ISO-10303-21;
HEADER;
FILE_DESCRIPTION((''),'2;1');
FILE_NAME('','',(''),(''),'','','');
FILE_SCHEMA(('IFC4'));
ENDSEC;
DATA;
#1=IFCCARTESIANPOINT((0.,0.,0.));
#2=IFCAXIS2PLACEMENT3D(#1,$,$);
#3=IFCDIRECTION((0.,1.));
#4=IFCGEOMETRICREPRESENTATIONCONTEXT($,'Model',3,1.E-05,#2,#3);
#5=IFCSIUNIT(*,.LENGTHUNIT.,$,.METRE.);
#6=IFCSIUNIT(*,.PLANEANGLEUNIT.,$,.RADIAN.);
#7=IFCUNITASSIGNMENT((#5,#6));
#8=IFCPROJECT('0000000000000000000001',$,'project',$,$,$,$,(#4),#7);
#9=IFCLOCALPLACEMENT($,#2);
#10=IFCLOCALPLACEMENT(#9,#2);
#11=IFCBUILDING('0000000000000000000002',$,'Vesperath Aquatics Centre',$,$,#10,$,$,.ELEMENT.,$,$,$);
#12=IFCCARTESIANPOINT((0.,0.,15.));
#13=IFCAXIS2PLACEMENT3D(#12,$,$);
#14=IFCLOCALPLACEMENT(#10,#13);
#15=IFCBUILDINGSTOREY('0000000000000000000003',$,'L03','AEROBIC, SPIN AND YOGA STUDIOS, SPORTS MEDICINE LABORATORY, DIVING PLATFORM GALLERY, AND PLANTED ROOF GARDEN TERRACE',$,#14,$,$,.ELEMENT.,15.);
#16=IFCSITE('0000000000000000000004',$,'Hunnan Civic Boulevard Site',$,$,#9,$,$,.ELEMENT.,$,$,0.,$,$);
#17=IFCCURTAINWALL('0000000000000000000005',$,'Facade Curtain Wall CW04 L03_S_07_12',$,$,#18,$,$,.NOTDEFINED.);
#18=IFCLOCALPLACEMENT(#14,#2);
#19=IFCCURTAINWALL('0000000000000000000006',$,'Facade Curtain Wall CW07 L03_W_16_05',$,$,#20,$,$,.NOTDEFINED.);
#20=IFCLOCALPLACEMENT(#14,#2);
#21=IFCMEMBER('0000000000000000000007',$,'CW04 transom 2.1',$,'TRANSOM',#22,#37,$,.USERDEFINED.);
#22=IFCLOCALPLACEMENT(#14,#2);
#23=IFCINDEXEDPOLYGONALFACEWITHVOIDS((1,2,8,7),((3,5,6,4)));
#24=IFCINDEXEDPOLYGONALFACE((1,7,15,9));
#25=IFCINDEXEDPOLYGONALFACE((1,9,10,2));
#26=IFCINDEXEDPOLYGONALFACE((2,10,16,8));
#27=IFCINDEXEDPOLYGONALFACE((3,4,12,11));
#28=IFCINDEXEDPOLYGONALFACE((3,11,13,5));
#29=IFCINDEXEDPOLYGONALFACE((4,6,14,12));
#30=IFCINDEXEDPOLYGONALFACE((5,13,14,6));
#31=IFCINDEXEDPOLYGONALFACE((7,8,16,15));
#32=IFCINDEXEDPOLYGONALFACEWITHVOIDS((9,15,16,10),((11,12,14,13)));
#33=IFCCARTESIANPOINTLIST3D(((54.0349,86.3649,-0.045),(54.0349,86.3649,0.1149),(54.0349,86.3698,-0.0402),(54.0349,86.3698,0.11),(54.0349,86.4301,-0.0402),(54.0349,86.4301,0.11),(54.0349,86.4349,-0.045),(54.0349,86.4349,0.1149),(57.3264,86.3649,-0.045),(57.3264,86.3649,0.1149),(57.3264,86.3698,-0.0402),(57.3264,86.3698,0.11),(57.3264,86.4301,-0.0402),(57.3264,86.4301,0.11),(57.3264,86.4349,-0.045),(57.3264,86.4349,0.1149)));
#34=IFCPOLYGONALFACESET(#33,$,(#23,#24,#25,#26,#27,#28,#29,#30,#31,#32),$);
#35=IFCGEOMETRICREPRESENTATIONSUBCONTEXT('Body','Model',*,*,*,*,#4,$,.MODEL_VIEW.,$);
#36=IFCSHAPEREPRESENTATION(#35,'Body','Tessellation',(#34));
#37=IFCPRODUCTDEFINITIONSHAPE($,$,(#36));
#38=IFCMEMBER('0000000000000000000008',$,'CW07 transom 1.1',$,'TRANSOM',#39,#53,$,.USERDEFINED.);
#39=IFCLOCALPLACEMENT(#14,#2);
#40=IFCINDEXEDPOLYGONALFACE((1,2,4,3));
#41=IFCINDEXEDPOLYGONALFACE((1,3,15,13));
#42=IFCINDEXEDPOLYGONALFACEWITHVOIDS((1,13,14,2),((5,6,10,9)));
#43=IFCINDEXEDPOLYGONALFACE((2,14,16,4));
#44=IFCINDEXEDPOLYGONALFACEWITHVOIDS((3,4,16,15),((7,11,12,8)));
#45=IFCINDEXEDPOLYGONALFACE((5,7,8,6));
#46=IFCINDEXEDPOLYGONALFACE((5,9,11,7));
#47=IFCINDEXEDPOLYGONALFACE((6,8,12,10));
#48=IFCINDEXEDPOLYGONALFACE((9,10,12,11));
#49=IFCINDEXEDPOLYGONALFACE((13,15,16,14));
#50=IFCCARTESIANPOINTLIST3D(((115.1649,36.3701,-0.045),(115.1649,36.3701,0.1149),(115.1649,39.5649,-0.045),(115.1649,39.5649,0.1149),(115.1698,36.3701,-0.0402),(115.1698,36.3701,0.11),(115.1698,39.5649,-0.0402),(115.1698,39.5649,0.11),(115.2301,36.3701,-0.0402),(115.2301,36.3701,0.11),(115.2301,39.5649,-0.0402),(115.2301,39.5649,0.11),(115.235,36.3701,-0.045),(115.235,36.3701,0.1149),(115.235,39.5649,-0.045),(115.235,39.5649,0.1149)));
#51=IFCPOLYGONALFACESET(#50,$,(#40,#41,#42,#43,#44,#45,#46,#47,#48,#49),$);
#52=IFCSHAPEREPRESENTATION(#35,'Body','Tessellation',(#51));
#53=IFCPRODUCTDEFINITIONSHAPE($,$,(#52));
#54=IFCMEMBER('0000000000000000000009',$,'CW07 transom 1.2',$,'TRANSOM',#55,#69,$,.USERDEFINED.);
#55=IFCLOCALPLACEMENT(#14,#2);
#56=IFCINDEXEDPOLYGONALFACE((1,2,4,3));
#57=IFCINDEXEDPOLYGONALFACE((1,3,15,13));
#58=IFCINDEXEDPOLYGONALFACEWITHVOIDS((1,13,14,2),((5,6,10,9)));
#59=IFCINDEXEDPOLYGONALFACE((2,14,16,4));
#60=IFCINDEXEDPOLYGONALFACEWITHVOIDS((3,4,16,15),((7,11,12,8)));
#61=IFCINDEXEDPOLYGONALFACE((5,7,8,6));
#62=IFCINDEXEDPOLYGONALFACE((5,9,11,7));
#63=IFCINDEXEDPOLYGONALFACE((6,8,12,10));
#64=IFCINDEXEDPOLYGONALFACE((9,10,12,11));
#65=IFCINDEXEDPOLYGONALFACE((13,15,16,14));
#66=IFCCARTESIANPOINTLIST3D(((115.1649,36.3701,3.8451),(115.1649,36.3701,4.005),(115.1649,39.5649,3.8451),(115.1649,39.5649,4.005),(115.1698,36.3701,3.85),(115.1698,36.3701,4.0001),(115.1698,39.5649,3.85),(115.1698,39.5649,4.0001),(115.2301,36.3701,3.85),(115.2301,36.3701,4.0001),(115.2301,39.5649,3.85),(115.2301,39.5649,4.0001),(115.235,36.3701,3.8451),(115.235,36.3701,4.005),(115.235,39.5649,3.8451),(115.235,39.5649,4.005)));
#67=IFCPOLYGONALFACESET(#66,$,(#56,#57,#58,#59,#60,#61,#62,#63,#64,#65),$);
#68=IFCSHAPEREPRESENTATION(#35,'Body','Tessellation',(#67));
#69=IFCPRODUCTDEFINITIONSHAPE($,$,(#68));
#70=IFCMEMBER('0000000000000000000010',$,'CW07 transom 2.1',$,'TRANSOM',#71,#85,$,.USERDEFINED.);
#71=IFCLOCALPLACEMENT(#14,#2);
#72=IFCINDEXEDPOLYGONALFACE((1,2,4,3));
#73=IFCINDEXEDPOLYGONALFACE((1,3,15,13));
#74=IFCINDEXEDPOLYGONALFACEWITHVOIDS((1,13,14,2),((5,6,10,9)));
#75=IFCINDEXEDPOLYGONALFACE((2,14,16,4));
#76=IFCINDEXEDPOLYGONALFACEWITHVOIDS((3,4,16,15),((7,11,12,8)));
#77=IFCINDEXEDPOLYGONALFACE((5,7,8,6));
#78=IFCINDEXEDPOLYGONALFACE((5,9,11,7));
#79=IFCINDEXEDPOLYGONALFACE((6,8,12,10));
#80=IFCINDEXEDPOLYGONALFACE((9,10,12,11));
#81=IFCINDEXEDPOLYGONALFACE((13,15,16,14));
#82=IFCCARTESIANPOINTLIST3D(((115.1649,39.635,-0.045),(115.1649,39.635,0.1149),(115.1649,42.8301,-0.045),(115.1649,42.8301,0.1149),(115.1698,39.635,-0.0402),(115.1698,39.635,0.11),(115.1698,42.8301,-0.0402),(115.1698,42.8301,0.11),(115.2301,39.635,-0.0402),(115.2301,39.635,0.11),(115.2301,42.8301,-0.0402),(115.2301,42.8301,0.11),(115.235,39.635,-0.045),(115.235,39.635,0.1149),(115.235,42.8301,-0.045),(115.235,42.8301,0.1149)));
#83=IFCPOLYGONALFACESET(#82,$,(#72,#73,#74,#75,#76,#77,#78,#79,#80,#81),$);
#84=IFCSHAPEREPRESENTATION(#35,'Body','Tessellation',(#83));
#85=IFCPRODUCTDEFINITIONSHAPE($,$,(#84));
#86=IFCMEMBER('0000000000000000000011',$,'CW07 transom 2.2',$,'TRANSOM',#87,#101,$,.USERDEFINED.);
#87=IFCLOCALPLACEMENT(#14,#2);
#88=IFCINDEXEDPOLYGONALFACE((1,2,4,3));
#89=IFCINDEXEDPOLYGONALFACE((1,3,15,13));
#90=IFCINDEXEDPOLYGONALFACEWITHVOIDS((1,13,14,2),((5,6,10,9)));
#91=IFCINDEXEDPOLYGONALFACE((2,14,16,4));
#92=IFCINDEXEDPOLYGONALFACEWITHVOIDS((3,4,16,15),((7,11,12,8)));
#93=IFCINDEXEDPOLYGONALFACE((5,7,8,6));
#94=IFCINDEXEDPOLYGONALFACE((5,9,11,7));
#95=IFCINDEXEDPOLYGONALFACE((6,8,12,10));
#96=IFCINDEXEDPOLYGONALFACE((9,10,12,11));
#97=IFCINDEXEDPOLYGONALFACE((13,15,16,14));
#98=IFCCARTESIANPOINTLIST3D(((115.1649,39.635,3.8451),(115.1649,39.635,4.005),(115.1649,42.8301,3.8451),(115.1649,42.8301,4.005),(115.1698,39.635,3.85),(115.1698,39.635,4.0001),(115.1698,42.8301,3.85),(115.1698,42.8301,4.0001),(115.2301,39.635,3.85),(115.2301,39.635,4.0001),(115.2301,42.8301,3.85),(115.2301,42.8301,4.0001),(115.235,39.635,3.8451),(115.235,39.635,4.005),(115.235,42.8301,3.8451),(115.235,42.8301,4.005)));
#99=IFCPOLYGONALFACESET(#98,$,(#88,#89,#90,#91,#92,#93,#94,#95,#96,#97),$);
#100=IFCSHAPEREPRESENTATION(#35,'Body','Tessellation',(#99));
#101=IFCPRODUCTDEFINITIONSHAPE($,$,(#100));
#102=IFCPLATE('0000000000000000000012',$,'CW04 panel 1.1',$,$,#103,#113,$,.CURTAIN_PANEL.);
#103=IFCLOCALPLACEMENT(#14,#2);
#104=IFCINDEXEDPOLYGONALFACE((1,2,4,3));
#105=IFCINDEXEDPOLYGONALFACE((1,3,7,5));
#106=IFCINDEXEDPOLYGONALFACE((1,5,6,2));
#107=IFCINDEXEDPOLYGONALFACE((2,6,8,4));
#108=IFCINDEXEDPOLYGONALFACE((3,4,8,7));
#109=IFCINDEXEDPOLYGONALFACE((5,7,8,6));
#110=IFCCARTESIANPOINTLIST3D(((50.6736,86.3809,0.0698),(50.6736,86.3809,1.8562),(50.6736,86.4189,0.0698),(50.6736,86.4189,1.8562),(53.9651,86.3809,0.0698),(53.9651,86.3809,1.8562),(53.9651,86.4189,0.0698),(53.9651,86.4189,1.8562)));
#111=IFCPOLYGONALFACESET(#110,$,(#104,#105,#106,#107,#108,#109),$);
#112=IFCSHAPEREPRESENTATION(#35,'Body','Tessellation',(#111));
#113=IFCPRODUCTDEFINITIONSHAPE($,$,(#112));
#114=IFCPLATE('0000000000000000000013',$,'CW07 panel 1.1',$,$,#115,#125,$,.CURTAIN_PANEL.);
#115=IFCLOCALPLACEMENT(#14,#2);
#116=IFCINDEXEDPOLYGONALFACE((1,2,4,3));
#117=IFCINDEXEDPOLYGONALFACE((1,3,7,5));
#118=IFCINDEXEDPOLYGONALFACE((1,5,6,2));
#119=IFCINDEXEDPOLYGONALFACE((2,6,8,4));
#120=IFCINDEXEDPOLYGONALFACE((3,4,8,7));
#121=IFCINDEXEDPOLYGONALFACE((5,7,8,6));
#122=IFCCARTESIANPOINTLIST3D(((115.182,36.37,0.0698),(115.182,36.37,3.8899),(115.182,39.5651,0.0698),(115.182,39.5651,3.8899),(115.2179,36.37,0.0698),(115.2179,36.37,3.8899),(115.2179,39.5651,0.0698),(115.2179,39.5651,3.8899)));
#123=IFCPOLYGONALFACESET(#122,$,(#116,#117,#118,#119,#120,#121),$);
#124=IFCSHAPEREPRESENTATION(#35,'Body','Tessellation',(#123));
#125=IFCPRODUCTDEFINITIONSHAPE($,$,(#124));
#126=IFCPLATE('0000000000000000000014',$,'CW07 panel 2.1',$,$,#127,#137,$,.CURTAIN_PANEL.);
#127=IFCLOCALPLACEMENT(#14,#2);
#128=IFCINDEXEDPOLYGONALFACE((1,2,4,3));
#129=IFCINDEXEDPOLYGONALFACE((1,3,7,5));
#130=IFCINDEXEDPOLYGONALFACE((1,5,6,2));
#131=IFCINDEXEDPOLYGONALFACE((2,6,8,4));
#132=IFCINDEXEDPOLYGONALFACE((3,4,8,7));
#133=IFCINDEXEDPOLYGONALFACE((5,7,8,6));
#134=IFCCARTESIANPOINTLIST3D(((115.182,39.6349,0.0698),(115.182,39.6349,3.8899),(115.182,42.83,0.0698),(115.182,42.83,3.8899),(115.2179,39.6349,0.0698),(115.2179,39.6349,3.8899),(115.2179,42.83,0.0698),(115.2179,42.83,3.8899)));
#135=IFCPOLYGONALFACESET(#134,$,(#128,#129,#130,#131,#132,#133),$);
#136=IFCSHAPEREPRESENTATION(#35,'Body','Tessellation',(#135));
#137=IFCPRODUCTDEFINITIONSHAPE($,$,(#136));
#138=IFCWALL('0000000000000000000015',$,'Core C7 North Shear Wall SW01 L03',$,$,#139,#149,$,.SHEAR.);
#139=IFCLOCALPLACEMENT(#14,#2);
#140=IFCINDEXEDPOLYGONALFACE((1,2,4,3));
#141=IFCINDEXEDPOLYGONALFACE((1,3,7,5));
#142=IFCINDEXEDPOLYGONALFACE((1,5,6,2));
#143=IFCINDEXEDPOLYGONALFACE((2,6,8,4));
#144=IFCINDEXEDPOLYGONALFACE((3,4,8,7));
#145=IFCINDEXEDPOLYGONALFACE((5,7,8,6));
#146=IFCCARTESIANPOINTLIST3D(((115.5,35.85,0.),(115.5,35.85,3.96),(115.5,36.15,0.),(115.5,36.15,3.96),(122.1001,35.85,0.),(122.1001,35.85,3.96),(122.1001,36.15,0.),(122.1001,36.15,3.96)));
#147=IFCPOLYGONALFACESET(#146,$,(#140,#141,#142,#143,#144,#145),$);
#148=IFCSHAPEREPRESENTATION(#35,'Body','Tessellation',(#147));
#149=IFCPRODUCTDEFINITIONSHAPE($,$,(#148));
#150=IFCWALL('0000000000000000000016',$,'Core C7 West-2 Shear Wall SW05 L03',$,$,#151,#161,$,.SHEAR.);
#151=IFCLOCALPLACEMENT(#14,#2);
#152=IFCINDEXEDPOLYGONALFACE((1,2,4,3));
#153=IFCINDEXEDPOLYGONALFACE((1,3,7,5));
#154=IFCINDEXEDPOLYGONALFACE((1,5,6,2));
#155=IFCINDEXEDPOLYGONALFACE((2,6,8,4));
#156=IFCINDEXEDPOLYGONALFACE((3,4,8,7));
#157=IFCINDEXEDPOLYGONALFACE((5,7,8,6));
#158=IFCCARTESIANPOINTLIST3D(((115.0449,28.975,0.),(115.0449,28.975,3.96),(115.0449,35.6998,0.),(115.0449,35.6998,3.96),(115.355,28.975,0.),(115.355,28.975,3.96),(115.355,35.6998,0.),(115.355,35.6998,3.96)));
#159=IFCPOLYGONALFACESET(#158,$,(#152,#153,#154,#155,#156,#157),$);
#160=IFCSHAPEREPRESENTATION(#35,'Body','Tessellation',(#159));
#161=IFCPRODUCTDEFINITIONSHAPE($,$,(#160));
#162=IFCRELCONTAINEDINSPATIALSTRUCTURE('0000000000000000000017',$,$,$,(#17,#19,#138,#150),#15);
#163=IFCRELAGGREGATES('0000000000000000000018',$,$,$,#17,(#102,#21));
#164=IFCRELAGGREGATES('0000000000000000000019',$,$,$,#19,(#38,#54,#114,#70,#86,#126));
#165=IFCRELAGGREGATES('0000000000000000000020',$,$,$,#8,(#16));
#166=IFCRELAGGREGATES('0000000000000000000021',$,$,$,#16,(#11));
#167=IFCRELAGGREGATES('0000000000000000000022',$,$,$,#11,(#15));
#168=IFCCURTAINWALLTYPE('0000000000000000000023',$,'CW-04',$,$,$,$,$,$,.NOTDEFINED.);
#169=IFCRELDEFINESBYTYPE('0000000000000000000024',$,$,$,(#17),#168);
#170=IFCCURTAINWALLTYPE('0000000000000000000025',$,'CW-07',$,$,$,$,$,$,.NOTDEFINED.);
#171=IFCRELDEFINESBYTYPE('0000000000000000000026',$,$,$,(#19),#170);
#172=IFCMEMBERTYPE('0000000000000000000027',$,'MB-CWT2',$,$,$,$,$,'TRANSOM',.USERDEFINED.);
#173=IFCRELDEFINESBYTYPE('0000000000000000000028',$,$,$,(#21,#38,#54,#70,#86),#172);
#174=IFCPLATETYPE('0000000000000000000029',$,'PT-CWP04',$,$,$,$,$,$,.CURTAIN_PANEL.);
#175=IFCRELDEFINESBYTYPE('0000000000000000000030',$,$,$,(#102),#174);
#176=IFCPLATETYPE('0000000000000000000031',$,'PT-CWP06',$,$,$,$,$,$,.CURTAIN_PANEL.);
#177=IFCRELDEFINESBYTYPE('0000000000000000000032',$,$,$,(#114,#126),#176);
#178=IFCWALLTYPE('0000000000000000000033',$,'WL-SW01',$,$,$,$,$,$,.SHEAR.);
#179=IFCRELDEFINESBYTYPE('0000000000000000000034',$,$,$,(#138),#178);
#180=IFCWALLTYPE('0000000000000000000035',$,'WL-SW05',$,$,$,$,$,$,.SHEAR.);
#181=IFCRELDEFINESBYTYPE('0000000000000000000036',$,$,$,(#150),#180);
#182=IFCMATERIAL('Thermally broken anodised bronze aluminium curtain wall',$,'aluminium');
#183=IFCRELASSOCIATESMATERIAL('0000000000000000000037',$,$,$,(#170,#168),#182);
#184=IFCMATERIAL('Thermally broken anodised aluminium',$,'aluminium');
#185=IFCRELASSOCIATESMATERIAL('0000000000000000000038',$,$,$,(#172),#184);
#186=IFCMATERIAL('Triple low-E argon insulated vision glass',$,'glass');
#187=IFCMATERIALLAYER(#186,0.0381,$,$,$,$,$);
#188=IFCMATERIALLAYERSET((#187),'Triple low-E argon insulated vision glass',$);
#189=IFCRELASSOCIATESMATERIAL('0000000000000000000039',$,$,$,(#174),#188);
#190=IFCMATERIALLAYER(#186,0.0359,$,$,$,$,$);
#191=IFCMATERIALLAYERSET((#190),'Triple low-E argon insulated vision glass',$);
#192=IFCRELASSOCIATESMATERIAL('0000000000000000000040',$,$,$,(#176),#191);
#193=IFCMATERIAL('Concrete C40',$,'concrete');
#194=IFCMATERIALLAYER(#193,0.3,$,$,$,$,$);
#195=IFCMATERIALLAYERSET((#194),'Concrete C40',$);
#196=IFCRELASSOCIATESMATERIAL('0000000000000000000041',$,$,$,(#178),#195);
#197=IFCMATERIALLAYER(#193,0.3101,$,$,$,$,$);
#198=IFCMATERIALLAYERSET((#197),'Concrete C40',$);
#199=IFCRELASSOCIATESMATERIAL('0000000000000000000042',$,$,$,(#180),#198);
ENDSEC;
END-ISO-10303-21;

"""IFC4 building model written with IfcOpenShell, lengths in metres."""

from ifc_helpers import new_model, si_unit, direction, frame, frame_2d, origin, origin_2d, place, context, subcontext, project, spatial, rectangle, hollow_rectangle, extrude, material, layer, layer_set, material_profile, profile_set, type_object, element, aggregate, save


model = new_model("IFC4")

# Units and contexts
model_context = context("Model", 3, precision=1e-05, world=origin(), true_north=direction((0.0, 1.0)))
body_context = subcontext(model_context, "Body", "Model", "MODEL_VIEW")
ifc_project = project(units=[si_unit("LENGTHUNIT", "METRE"), si_unit("PLANEANGLEUNIT", "RADIAN")], contexts=[model_context])

# Site, building, storey
site_placement = place(None, origin())
site = spatial("IfcSite", under=ifc_project, at=site_placement, Name="Hunnan Civic Boulevard Site", CompositionType="ELEMENT", RefElevation=0.0)
building_placement = place(site_placement, origin())
building = spatial("IfcBuilding", under=site, at=building_placement, Name="Vesperath Aquatics Centre", CompositionType="ELEMENT")
storey_placement = place(building_placement, frame((0.0, 0.0, 15.0)))
storey = spatial("IfcBuildingStorey", under=building, at=storey_placement, Name="L03", Description="AEROBIC, SPIN AND YOGA STUDIOS, SPORTS MEDICINE LABORATORY, DIVING PLATFORM GALLERY, AND PLANTED ROOF GARDEN TERRACE", CompositionType="ELEMENT", Elevation=15.0)

# Shared definitions
ifc_material_1 = material(Name="Concrete C40", Category="concrete")

# Curtain wall
ifc_material_2 = material(Name="Thermally broken anodised bronze aluminium curtain wall", Category="aluminium")
curtain_wall_type_1 = type_object("IfcCurtainWallType", Name="CW-07", PredefinedType="NOTDEFINED", material=ifc_material_2)
ifc_material_3 = material(Name="Thermally broken anodised aluminium", Category="aluminium")
curtain_wall_type_2 = type_object("IfcCurtainWallType", Name="CW-04", PredefinedType="NOTDEFINED", material=ifc_material_2)
curtain_wall_1_placement = place(storey_placement, origin())
curtain_wall_1 = element("IfcCurtainWall", 1, at=curtain_wall_1_placement, inside=storey, type_object=curtain_wall_type_2, Name="Facade Curtain Wall CW04 L03_S_07_12", PredefinedType="NOTDEFINED")

# Curtain wall
curtain_wall_2_placement = place(storey_placement, origin())
curtain_wall_2 = element("IfcCurtainWall", 2, at=curtain_wall_2_placement, inside=storey, type_object=curtain_wall_type_1, Name="Facade Curtain Wall CW07 L03_W_16_05", PredefinedType="NOTDEFINED")

# Members
ifc_material_profile_1 = material_profile(ifc_material_3, hollow_rectangle(XDim=0.0701, YDim=0.1599, WallThickness=0.0049, at=origin_2d()), Name="CWT 70x160x5")
ifc_profile_set_1 = profile_set([ifc_material_profile_1], Name="Thermally broken anodised aluminium")
member_type_1 = type_object("IfcMemberType", Name="MB-CWT2", ElementType="TRANSOM", PredefinedType="USERDEFINED", material=ifc_profile_set_1)
member_1_placement = place(storey_placement, frame((54.0349, 86.3999, 0.0349), z_axis=(1.0, 0.0, 0.0), x_axis=(0.0, 1.0, 0.0)))
member_1 = element("IfcMember", 3, at=member_1_placement, type_object=member_type_1, Name="CW04 transom 2.1", ObjectType="TRANSOM", PredefinedType="USERDEFINED", context=body_context, shape_type="SweptSolid", body=[
    extrude(hollow_rectangle(XDim=0.0701, YDim=0.1599, WallThickness=0.0049, at=origin_2d()), origin(), (0.0, 0.0, 1.0), 3.2915),
])
member_2_placement = place(storey_placement, frame((115.2, 36.3701, 0.0349), z_axis=(0.0, 1.0, 0.0), x_axis=(-1.0, 0.0, 0.0)))
member_2 = element("IfcMember", 4, at=member_2_placement, type_object=member_type_1, Name="CW07 transom 1.1", ObjectType="TRANSOM", PredefinedType="USERDEFINED", context=body_context, shape_type="SweptSolid", body=[
    extrude(hollow_rectangle(XDim=0.0701, YDim=0.1599, WallThickness=0.0049, at=origin_2d()), origin(), (0.0, 0.0, 1.0), 3.1948),
])
member_3_placement = place(storey_placement, frame((115.2, 36.3701, 3.925), z_axis=(0.0, 1.0, 0.0), x_axis=(-1.0, 0.0, 0.0)))
member_3 = element("IfcMember", 5, at=member_3_placement, type_object=member_type_1, Name="CW07 transom 1.2", ObjectType="TRANSOM", PredefinedType="USERDEFINED", context=body_context, shape_type="SweptSolid", body=[
    extrude(hollow_rectangle(XDim=0.0701, YDim=0.1599, WallThickness=0.0049, at=origin_2d()), origin(), (0.0, 0.0, 1.0), 3.1948),
])
member_4_placement = place(storey_placement, frame((115.2, 39.635, 0.0349), z_axis=(0.0, 1.0, 0.0), x_axis=(-1.0, 0.0, 0.0)))
member_4 = element("IfcMember", 6, at=member_4_placement, type_object=member_type_1, Name="CW07 transom 2.1", ObjectType="TRANSOM", PredefinedType="USERDEFINED", context=body_context, shape_type="SweptSolid", body=[
    extrude(hollow_rectangle(XDim=0.0701, YDim=0.1599, WallThickness=0.0049, at=origin_2d()), origin(), (0.0, 0.0, 1.0), 3.1951),
])
member_5_placement = place(storey_placement, frame((115.2, 39.635, 3.925), z_axis=(0.0, 1.0, 0.0), x_axis=(-1.0, 0.0, 0.0)))
member_5 = element("IfcMember", 7, at=member_5_placement, type_object=member_type_1, Name="CW07 transom 2.2", ObjectType="TRANSOM", PredefinedType="USERDEFINED", context=body_context, shape_type="SweptSolid", body=[
    extrude(hollow_rectangle(XDim=0.0701, YDim=0.1599, WallThickness=0.0049, at=origin_2d()), origin(), (0.0, 0.0, 1.0), 3.1951),
])

# Plates
ifc_material_4 = material(Name="Triple low-E argon insulated vision glass", Category="glass")
ifc_layer_1 = layer(ifc_material_4, 0.0381)
ifc_layer_set_1 = layer_set([ifc_layer_1], Name="Triple low-E argon insulated vision glass")
plate_type_1 = type_object("IfcPlateType", Name="PT-CWP04", PredefinedType="CURTAIN_PANEL", material=ifc_layer_set_1)
plate_1_placement = place(storey_placement, frame((52.3193, 86.3999, 0.0698), z_axis=(0.0, 0.0, 1.0), x_axis=(1.0, 0.0, 0.0)))
plate_1 = element("IfcPlate", 8, at=plate_1_placement, type_object=plate_type_1, Name="CW04 panel 1.1", PredefinedType="CURTAIN_PANEL", context=body_context, shape_type="SweptSolid", body=[
    extrude(rectangle(XDim=3.2915, YDim=0.0381, at=origin_2d()), origin(), (0.0, 0.0, 1.0), 1.7864),
])
aggregate(curtain_wall_1, [plate_1, member_1])
ifc_layer_2 = layer(ifc_material_4, 0.0359)
ifc_layer_set_2 = layer_set([ifc_layer_2], Name="Triple low-E argon insulated vision glass")
plate_type_2 = type_object("IfcPlateType", Name="PT-CWP06", PredefinedType="CURTAIN_PANEL", material=ifc_layer_set_2)
plate_2_placement = place(storey_placement, frame((115.2, 37.9675, 0.0698), z_axis=(0.0, 0.0, 1.0), x_axis=(0.0, 1.0, 0.0)))
plate_2 = element("IfcPlate", 9, at=plate_2_placement, type_object=plate_type_2, Name="CW07 panel 1.1", PredefinedType="CURTAIN_PANEL", context=body_context, shape_type="SweptSolid", body=[
    extrude(rectangle(XDim=3.1951, YDim=0.0359, at=origin_2d()), origin(), (0.0, 0.0, 1.0), 3.8201),
])
plate_3_placement = place(storey_placement, frame((115.2, 41.2324, 0.0698), z_axis=(0.0, 0.0, 1.0), x_axis=(0.0, 1.0, 0.0)))
plate_3 = element("IfcPlate", 10, at=plate_3_placement, type_object=plate_type_2, Name="CW07 panel 2.1", PredefinedType="CURTAIN_PANEL", context=body_context, shape_type="SweptSolid", body=[
    extrude(rectangle(XDim=3.1951, YDim=0.0359, at=origin_2d()), origin(), (0.0, 0.0, 1.0), 3.8201),
])
aggregate(curtain_wall_2, [member_2, member_3, plate_2, member_4, member_5, plate_3])

# Walls
ifc_layer_3 = layer(ifc_material_1, 0.3)
ifc_layer_set_3 = layer_set([ifc_layer_3], Name="Concrete C40")
wall_type_1 = type_object("IfcWallType", Name="WL-SW01", PredefinedType="SHEAR", material=ifc_layer_set_3)
wall_1_placement = place(storey_placement, frame((115.5, 36.0, 0.0), z_axis=(0.0, 0.0, 1.0), x_axis=(1.0, 0.0, 0.0)))
element("IfcWall", 11, at=wall_1_placement, inside=storey, type_object=wall_type_1, Name="Core C7 North Shear Wall SW01 L03", PredefinedType="SHEAR", context=body_context, shape_type="SweptSolid", body=[
    extrude(rectangle(XDim=6.6001, YDim=0.3, at=frame_2d((3.3, 0.0))), origin(), (0.0, 0.0, 1.0), 3.96),
])
ifc_layer_4 = layer(ifc_material_1, 0.3101)
ifc_layer_set_4 = layer_set([ifc_layer_4], Name="Concrete C40")
wall_type_2 = type_object("IfcWallType", Name="WL-SW05", PredefinedType="SHEAR", material=ifc_layer_set_4)
wall_2_placement = place(storey_placement, frame((115.2, 28.9751, 0.0), z_axis=(0.0, 0.0, 1.0), x_axis=(0.0, 1.0, 0.0)))
element("IfcWall", 12, at=wall_2_placement, inside=storey, type_object=wall_type_2, Name="Core C7 West-2 Shear Wall SW05 L03", PredefinedType="SHEAR", context=body_context, shape_type="SweptSolid", body=[
    extrude(rectangle(XDim=6.7249, YDim=0.3101, at=frame_2d((3.3623, 0.0))), origin(), (0.0, 0.0, 1.0), 3.96),
])

save(model, "model.ifc")
